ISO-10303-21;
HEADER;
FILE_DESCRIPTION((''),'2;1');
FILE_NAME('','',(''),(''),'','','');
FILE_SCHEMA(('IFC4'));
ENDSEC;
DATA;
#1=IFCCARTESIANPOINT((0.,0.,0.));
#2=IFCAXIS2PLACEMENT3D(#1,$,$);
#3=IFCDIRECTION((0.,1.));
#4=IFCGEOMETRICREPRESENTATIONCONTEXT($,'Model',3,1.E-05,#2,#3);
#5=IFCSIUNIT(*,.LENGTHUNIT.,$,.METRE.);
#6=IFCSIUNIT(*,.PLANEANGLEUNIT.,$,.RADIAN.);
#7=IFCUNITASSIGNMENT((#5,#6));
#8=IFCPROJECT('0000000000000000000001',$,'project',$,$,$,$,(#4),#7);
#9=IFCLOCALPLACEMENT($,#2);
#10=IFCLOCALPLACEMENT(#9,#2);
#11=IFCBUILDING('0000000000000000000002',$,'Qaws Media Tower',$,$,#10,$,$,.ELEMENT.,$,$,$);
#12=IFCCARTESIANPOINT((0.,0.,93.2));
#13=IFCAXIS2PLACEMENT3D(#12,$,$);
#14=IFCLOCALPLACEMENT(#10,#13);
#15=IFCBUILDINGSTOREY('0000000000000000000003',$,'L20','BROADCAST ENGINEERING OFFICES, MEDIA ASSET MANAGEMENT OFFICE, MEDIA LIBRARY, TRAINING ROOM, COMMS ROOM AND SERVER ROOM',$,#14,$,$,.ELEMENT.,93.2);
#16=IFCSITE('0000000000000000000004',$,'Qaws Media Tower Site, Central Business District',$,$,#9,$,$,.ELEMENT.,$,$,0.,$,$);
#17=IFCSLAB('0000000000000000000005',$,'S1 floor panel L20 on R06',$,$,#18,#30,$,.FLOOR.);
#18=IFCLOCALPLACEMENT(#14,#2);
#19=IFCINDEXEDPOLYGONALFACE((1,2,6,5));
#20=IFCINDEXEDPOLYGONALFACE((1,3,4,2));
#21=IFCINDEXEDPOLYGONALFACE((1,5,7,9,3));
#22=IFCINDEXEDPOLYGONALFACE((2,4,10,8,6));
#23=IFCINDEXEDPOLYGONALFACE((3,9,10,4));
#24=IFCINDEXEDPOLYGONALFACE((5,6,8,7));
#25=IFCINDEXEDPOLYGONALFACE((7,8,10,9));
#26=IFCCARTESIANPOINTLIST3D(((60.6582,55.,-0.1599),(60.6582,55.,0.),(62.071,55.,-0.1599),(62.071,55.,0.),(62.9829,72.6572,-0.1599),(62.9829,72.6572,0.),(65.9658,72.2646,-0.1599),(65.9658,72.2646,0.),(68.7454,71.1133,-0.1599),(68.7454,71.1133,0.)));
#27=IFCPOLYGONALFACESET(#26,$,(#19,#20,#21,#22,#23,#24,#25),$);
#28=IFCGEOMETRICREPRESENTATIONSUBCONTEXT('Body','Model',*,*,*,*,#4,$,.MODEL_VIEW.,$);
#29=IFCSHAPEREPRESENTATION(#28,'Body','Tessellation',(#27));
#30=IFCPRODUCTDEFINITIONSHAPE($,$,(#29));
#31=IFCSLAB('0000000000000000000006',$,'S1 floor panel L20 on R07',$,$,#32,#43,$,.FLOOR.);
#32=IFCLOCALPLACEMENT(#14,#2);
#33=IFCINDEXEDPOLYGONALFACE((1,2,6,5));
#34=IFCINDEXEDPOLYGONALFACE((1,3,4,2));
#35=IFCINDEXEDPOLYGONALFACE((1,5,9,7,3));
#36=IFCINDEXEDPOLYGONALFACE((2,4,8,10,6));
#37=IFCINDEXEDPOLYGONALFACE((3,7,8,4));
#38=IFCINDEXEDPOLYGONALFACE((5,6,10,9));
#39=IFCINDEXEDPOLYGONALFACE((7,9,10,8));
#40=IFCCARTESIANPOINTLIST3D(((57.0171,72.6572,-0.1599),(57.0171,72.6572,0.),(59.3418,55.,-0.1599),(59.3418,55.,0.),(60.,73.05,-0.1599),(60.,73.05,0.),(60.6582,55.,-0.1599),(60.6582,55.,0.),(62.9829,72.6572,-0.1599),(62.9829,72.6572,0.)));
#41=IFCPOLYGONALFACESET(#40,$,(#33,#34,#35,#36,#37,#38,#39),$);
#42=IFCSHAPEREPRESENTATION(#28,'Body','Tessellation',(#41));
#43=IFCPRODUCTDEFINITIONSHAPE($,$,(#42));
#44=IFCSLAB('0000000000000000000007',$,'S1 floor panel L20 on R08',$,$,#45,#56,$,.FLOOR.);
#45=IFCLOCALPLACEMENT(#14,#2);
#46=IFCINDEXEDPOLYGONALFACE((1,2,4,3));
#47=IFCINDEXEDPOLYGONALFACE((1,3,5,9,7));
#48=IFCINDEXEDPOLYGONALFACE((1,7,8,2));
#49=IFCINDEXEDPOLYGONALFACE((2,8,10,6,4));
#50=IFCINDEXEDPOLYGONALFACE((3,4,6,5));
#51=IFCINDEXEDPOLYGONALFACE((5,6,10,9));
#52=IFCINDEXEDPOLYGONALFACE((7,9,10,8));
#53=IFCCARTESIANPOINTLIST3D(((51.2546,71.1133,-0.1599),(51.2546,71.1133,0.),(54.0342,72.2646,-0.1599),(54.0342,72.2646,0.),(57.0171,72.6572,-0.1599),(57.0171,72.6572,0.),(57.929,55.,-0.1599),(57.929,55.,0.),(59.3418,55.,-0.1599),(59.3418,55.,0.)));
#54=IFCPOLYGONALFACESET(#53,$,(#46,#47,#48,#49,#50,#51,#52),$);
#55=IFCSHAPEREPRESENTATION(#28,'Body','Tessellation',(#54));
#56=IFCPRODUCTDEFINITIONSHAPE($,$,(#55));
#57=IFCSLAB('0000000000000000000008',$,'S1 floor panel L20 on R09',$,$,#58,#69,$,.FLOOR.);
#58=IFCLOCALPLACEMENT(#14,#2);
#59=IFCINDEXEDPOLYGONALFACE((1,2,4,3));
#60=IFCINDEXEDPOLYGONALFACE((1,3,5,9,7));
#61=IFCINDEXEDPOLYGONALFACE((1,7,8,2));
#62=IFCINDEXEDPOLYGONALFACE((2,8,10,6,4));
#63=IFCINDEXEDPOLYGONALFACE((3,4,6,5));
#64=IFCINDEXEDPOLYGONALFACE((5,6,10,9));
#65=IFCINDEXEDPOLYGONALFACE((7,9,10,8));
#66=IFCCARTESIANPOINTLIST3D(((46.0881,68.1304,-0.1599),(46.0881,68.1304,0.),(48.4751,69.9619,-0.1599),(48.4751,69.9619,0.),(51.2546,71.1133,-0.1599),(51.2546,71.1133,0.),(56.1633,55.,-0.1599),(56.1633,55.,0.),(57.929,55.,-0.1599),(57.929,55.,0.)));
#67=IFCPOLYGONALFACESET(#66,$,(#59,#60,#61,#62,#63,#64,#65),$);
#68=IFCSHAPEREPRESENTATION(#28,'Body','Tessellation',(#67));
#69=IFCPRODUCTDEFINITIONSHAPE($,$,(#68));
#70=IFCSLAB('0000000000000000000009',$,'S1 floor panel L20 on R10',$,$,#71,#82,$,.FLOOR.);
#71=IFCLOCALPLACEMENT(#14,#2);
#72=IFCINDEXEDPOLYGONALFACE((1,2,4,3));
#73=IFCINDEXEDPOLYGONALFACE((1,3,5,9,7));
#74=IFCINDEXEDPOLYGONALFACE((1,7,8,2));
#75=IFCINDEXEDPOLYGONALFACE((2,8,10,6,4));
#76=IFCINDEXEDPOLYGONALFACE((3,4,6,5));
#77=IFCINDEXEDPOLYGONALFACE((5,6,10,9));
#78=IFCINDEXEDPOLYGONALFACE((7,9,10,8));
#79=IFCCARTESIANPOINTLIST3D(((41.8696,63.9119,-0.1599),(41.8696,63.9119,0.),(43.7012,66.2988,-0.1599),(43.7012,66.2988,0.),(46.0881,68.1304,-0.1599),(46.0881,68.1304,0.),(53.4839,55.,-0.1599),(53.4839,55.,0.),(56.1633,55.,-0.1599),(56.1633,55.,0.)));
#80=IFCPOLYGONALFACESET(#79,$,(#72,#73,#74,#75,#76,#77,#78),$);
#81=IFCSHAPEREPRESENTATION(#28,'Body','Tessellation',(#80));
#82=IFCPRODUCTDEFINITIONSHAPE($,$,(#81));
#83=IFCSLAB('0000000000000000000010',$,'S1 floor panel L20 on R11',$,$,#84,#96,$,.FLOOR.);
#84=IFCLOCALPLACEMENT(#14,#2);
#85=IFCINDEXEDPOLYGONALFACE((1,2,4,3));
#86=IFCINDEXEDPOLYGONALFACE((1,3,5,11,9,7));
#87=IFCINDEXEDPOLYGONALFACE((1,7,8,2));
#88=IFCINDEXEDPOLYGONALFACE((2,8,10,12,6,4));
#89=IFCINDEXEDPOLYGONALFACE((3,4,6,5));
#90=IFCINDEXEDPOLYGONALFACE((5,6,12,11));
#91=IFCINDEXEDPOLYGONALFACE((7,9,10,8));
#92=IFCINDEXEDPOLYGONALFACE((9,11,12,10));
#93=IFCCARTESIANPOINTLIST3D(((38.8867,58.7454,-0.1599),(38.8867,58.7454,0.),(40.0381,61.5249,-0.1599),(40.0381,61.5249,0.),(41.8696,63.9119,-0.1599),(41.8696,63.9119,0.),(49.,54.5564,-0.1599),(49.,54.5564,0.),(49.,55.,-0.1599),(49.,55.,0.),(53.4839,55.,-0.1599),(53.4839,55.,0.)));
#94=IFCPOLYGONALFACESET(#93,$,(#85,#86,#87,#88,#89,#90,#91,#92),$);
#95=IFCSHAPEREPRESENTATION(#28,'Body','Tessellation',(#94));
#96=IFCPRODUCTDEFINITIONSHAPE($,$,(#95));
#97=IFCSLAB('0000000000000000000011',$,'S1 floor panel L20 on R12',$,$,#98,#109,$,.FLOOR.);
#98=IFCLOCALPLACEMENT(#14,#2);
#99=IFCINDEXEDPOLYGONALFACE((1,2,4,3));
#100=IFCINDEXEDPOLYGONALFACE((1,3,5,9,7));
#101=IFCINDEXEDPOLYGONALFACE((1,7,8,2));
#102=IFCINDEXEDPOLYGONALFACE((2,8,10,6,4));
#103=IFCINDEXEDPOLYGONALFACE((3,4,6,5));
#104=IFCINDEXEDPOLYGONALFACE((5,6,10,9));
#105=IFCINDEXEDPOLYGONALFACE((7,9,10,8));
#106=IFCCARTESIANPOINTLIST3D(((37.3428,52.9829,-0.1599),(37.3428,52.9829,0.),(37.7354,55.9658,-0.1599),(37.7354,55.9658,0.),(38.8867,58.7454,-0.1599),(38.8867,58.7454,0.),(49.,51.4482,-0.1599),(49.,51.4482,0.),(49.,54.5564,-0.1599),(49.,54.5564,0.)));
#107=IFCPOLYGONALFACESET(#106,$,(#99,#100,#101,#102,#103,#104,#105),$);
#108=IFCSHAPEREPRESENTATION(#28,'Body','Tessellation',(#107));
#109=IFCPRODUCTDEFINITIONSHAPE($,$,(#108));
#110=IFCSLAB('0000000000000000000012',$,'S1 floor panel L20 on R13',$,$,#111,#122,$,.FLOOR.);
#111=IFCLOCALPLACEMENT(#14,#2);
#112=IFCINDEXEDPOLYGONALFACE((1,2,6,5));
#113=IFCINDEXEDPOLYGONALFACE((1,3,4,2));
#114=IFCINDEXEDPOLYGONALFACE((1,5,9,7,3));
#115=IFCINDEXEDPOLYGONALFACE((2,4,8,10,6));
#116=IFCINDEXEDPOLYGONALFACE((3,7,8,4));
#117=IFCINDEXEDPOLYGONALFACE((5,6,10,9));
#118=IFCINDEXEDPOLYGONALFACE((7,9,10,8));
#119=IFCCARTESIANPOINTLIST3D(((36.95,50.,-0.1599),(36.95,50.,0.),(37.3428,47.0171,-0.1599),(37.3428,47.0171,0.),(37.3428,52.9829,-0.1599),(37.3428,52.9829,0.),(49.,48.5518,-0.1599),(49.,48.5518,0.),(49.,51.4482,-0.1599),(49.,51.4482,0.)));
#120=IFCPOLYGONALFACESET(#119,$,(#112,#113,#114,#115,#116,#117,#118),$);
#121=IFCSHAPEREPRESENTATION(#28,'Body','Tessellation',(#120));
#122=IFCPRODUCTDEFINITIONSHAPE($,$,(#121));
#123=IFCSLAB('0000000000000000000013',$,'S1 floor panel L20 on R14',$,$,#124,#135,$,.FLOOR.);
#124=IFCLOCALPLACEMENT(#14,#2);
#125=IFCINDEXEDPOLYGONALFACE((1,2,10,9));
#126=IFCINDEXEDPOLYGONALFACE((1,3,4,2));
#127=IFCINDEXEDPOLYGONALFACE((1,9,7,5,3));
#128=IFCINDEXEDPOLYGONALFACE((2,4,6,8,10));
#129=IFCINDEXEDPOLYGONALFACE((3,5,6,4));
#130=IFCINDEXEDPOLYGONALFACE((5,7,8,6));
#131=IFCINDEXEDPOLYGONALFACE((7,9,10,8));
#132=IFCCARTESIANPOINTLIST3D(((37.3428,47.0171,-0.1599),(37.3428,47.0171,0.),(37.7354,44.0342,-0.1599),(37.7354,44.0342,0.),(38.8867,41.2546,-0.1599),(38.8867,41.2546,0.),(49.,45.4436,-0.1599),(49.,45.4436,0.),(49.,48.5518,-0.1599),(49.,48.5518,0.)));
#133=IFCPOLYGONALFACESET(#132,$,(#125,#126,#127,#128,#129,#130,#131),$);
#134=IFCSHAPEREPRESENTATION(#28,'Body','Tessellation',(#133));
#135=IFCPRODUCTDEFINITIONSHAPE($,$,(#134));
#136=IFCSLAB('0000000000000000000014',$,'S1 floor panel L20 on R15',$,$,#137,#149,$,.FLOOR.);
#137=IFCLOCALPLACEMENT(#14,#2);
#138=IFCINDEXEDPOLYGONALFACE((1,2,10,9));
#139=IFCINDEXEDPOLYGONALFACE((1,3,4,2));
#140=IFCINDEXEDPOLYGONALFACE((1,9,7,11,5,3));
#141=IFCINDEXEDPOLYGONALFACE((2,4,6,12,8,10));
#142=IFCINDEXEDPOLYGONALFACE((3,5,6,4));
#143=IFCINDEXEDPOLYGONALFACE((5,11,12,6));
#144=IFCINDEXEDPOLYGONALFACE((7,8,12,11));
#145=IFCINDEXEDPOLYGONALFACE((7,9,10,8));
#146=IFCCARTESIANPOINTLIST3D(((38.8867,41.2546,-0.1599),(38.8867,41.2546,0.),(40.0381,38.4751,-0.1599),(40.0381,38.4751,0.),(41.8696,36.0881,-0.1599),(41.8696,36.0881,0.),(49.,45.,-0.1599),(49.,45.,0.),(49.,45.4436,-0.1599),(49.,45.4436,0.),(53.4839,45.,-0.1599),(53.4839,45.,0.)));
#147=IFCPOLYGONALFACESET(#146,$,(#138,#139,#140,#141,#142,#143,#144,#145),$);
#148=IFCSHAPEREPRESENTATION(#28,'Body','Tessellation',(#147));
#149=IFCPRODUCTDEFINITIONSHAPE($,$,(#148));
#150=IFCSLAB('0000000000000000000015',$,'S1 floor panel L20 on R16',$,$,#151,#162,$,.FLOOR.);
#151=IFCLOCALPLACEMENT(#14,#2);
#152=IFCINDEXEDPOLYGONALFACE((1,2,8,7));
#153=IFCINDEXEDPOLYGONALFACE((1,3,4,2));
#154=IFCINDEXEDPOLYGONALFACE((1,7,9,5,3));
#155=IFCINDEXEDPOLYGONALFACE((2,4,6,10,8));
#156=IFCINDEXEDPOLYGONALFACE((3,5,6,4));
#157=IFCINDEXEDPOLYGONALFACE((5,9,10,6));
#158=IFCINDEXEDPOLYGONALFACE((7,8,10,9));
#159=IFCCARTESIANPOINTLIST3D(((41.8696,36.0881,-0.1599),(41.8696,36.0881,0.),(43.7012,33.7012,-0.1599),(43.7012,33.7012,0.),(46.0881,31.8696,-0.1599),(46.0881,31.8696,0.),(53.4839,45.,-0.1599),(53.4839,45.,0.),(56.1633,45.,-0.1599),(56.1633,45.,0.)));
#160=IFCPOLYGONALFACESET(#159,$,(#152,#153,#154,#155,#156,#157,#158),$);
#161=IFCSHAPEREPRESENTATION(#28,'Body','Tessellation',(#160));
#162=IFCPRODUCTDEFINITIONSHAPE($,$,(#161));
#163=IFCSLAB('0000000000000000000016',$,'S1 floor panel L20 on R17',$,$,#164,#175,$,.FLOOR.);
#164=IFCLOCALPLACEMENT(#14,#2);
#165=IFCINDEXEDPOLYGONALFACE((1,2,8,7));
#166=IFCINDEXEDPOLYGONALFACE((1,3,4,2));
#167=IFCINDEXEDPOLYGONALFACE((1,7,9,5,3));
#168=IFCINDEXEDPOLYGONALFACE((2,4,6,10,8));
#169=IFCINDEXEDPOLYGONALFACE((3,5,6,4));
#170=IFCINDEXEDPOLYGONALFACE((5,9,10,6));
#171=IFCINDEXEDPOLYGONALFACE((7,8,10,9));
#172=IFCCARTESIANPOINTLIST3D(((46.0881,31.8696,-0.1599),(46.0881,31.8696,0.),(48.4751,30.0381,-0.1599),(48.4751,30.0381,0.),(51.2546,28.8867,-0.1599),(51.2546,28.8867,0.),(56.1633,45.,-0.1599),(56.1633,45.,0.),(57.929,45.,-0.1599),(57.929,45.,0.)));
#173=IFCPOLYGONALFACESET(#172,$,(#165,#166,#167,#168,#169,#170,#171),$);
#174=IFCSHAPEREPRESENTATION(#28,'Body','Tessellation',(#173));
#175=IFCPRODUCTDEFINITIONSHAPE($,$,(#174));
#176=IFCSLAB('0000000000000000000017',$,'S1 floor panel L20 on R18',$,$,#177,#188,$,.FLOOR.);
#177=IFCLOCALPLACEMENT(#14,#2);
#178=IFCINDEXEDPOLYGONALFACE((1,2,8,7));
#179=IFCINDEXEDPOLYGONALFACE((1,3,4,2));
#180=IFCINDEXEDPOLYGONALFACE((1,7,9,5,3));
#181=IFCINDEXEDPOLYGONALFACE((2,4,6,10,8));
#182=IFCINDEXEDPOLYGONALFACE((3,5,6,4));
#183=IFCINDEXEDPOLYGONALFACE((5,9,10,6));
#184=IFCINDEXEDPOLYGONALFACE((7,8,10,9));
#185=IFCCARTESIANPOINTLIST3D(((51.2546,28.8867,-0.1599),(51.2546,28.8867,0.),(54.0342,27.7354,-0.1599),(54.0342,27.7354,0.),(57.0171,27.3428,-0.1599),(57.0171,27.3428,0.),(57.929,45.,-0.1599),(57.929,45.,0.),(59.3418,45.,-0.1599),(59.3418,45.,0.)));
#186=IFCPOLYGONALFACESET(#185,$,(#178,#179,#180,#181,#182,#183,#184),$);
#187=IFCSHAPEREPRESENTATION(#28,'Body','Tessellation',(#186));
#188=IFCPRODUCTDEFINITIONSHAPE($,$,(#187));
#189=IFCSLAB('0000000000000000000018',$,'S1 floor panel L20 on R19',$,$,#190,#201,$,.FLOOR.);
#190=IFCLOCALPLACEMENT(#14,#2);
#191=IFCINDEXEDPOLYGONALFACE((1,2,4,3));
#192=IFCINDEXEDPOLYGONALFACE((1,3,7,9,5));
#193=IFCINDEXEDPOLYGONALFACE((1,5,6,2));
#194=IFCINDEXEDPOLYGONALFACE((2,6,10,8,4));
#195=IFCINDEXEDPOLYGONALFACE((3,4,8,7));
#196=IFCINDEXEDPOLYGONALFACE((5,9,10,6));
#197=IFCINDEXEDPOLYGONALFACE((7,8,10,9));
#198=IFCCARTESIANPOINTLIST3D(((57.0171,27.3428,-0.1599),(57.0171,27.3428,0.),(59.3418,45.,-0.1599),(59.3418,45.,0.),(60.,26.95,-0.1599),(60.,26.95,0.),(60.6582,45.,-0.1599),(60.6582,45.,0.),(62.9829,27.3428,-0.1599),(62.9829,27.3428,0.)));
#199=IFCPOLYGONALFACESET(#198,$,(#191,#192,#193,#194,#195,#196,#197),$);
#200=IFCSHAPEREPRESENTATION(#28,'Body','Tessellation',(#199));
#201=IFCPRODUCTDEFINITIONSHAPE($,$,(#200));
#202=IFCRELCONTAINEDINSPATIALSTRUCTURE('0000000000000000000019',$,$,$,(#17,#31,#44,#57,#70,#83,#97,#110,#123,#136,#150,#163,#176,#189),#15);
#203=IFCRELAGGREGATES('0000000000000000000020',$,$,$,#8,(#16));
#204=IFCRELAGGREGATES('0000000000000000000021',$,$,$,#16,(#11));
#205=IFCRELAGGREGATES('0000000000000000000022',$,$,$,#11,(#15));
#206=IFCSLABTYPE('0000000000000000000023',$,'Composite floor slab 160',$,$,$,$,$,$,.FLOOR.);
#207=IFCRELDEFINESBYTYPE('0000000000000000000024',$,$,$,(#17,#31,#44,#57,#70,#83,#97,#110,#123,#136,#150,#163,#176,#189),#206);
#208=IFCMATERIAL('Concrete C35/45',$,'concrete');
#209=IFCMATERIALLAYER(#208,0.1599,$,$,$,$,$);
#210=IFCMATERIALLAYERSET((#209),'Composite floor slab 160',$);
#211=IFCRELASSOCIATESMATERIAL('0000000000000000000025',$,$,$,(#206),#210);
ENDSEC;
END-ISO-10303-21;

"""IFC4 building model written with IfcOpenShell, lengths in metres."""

from ifc_helpers import new_model, si_unit, direction, frame, origin, place, context, subcontext, project, spatial, polyline, outline, extrude, material, layer, layer_set, type_object, element, save


model = new_model("IFC4")

# Units and contexts
model_context = context("Model", 3, precision=1e-05, world=origin(), true_north=direction((0.0, 1.0)))
body_context = subcontext(model_context, "Body", "Model", "MODEL_VIEW")
ifc_project = project(units=[si_unit("LENGTHUNIT", "METRE"), si_unit("PLANEANGLEUNIT", "RADIAN")], contexts=[model_context])

# Site, building, storey
site_placement = place(None, origin())
site = spatial("IfcSite", under=ifc_project, at=site_placement, Name="Qaws Media Tower Site, Central Business District", CompositionType="ELEMENT", RefElevation=0.0)
building_placement = place(site_placement, origin())
building = spatial("IfcBuilding", under=site, at=building_placement, Name="Qaws Media Tower", CompositionType="ELEMENT")
storey_placement = place(building_placement, frame((0.0, 0.0, 93.2)))
storey = spatial("IfcBuildingStorey", under=building, at=storey_placement, Name="L20", Description="BROADCAST ENGINEERING OFFICES, MEDIA ASSET MANAGEMENT OFFICE, MEDIA LIBRARY, TRAINING ROOM, COMMS ROOM AND SERVER ROOM", CompositionType="ELEMENT", Elevation=93.2)

# Slabs
ifc_material_1 = material(Name="Concrete C35/45", Category="concrete")
ifc_layer_1 = layer(ifc_material_1, 0.1599)
ifc_layer_set_1 = layer_set([ifc_layer_1], Name="Composite floor slab 160")
slab_type_1 = type_object("IfcSlabType", Name="Composite floor slab 160", PredefinedType="FLOOR", material=ifc_layer_set_1)
slab_1_placement = place(storey_placement, frame((0.0, 0.0, -0.1599)))
element("IfcSlab", 1, at=slab_1_placement, inside=storey, type_object=slab_type_1, Name="S1 floor panel L20 on R06", PredefinedType="FLOOR", context=body_context, shape_type="SweptSolid", body=[
    extrude(outline(polyline([(65.9658, 72.2646), (68.7454, 71.1133), (62.071, 55.0), (60.6582, 55.0), (62.9829, 72.6572), (65.9658, 72.2646)])), origin(), (0.0, 0.0, 1.0), 0.1599),
])
slab_2_placement = place(storey_placement, frame((0.0, 0.0, -0.1599)))
element("IfcSlab", 2, at=slab_2_placement, inside=storey, type_object=slab_type_1, Name="S1 floor panel L20 on R07", PredefinedType="FLOOR", context=body_context, shape_type="SweptSolid", body=[
    extrude(outline(polyline([(60.0, 73.05), (62.9829, 72.6572), (60.6582, 55.0), (59.3418, 55.0), (57.0171, 72.6572), (60.0, 73.05)])), origin(), (0.0, 0.0, 1.0), 0.1599),
])
slab_3_placement = place(storey_placement, frame((0.0, 0.0, -0.1599)))
element("IfcSlab", 3, at=slab_3_placement, inside=storey, type_object=slab_type_1, Name="S1 floor panel L20 on R08", PredefinedType="FLOOR", context=body_context, shape_type="SweptSolid", body=[
    extrude(outline(polyline([(54.0342, 72.2646), (57.0171, 72.6572), (59.3418, 55.0), (57.929, 55.0), (51.2546, 71.1133), (54.0342, 72.2646)])), origin(), (0.0, 0.0, 1.0), 0.1599),
])
slab_4_placement = place(storey_placement, frame((0.0, 0.0, -0.1599)))
element("IfcSlab", 4, at=slab_4_placement, inside=storey, type_object=slab_type_1, Name="S1 floor panel L20 on R09", PredefinedType="FLOOR", context=body_context, shape_type="SweptSolid", body=[
    extrude(outline(polyline([(48.4751, 69.9619), (51.2546, 71.1133), (57.929, 55.0), (56.1633, 55.0), (46.0881, 68.1304), (48.4751, 69.9619)])), origin(), (0.0, 0.0, 1.0), 0.1599),
])
slab_5_placement = place(storey_placement, frame((0.0, 0.0, -0.1599)))
element("IfcSlab", 5, at=slab_5_placement, inside=storey, type_object=slab_type_1, Name="S1 floor panel L20 on R10", PredefinedType="FLOOR", context=body_context, shape_type="SweptSolid", body=[
    extrude(outline(polyline([(43.7012, 66.2988), (46.0881, 68.1304), (56.1633, 55.0), (53.4839, 55.0), (41.8696, 63.9119), (43.7012, 66.2988)])), origin(), (0.0, 0.0, 1.0), 0.1599),
])
slab_6_placement = place(storey_placement, frame((0.0, 0.0, -0.1599)))
element("IfcSlab", 6, at=slab_6_placement, inside=storey, type_object=slab_type_1, Name="S1 floor panel L20 on R11", PredefinedType="FLOOR", context=body_context, shape_type="SweptSolid", body=[
    extrude(outline(polyline([(40.0381, 61.5249), (41.8696, 63.9119), (53.4839, 55.0), (49.0, 55.0), (49.0, 54.5564), (38.8867, 58.7454), (40.0381, 61.5249)])), origin(), (0.0, 0.0, 1.0), 0.1599),
])
slab_7_placement = place(storey_placement, frame((0.0, 0.0, -0.1599)))
element("IfcSlab", 7, at=slab_7_placement, inside=storey, type_object=slab_type_1, Name="S1 floor panel L20 on R12", PredefinedType="FLOOR", context=body_context, shape_type="SweptSolid", body=[
    extrude(outline(polyline([(37.7354, 55.9658), (38.8867, 58.7454), (49.0, 54.5564), (49.0, 51.4482), (37.3428, 52.9829), (37.7354, 55.9658)])), origin(), (0.0, 0.0, 1.0), 0.1599),
])
slab_8_placement = place(storey_placement, frame((0.0, 0.0, -0.1599)))
element("IfcSlab", 8, at=slab_8_placement, inside=storey, type_object=slab_type_1, Name="S1 floor panel L20 on R13", PredefinedType="FLOOR", context=body_context, shape_type="SweptSolid", body=[
    extrude(outline(polyline([(36.95, 50.0), (37.3428, 52.9829), (49.0, 51.4482), (49.0, 48.5518), (37.3428, 47.0171), (36.95, 50.0)])), origin(), (0.0, 0.0, 1.0), 0.1599),
])
slab_9_placement = place(storey_placement, frame((0.0, 0.0, -0.1599)))
element("IfcSlab", 9, at=slab_9_placement, inside=storey, type_object=slab_type_1, Name="S1 floor panel L20 on R14", PredefinedType="FLOOR", context=body_context, shape_type="SweptSolid", body=[
    extrude(outline(polyline([(37.7354, 44.0342), (37.3428, 47.0171), (49.0, 48.5518), (49.0, 45.4436), (38.8867, 41.2546), (37.7354, 44.0342)])), origin(), (0.0, 0.0, 1.0), 0.1599),
])
slab_10_placement = place(storey_placement, frame((0.0, 0.0, -0.1599)))
element("IfcSlab", 10, at=slab_10_placement, inside=storey, type_object=slab_type_1, Name="S1 floor panel L20 on R15", PredefinedType="FLOOR", context=body_context, shape_type="SweptSolid", body=[
    extrude(outline(polyline([(40.0381, 38.4751), (38.8867, 41.2546), (49.0, 45.4436), (49.0, 45.0), (53.4839, 45.0), (41.8696, 36.0881), (40.0381, 38.4751)])), origin(), (0.0, 0.0, 1.0), 0.1599),
])
slab_11_placement = place(storey_placement, frame((0.0, 0.0, -0.1599)))
element("IfcSlab", 11, at=slab_11_placement, inside=storey, type_object=slab_type_1, Name="S1 floor panel L20 on R16", PredefinedType="FLOOR", context=body_context, shape_type="SweptSolid", body=[
    extrude(outline(polyline([(43.7012, 33.7012), (41.8696, 36.0881), (53.4839, 45.0), (56.1633, 45.0), (46.0881, 31.8696), (43.7012, 33.7012)])), origin(), (0.0, 0.0, 1.0), 0.1599),
])
slab_12_placement = place(storey_placement, frame((0.0, 0.0, -0.1599)))
element("IfcSlab", 12, at=slab_12_placement, inside=storey, type_object=slab_type_1, Name="S1 floor panel L20 on R17", PredefinedType="FLOOR", context=body_context, shape_type="SweptSolid", body=[
    extrude(outline(polyline([(48.4751, 30.0381), (46.0881, 31.8696), (56.1633, 45.0), (57.929, 45.0), (51.2546, 28.8867), (48.4751, 30.0381)])), origin(), (0.0, 0.0, 1.0), 0.1599),
])
slab_13_placement = place(storey_placement, frame((0.0, 0.0, -0.1599)))
element("IfcSlab", 13, at=slab_13_placement, inside=storey, type_object=slab_type_1, Name="S1 floor panel L20 on R18", PredefinedType="FLOOR", context=body_context, shape_type="SweptSolid", body=[
    extrude(outline(polyline([(54.0342, 27.7354), (51.2546, 28.8867), (57.929, 45.0), (59.3418, 45.0), (57.0171, 27.3428), (54.0342, 27.7354)])), origin(), (0.0, 0.0, 1.0), 0.1599),
])
slab_14_placement = place(storey_placement, frame((0.0, 0.0, -0.1599)))
element("IfcSlab", 14, at=slab_14_placement, inside=storey, type_object=slab_type_1, Name="S1 floor panel L20 on R19", PredefinedType="FLOOR", context=body_context, shape_type="SweptSolid", body=[
    extrude(outline(polyline([(60.0, 26.95), (57.0171, 27.3428), (59.3418, 45.0), (60.6582, 45.0), (62.9829, 27.3428), (60.0, 26.95)])), origin(), (0.0, 0.0, 1.0), 0.1599),
])

save(model, "model.ifc")
